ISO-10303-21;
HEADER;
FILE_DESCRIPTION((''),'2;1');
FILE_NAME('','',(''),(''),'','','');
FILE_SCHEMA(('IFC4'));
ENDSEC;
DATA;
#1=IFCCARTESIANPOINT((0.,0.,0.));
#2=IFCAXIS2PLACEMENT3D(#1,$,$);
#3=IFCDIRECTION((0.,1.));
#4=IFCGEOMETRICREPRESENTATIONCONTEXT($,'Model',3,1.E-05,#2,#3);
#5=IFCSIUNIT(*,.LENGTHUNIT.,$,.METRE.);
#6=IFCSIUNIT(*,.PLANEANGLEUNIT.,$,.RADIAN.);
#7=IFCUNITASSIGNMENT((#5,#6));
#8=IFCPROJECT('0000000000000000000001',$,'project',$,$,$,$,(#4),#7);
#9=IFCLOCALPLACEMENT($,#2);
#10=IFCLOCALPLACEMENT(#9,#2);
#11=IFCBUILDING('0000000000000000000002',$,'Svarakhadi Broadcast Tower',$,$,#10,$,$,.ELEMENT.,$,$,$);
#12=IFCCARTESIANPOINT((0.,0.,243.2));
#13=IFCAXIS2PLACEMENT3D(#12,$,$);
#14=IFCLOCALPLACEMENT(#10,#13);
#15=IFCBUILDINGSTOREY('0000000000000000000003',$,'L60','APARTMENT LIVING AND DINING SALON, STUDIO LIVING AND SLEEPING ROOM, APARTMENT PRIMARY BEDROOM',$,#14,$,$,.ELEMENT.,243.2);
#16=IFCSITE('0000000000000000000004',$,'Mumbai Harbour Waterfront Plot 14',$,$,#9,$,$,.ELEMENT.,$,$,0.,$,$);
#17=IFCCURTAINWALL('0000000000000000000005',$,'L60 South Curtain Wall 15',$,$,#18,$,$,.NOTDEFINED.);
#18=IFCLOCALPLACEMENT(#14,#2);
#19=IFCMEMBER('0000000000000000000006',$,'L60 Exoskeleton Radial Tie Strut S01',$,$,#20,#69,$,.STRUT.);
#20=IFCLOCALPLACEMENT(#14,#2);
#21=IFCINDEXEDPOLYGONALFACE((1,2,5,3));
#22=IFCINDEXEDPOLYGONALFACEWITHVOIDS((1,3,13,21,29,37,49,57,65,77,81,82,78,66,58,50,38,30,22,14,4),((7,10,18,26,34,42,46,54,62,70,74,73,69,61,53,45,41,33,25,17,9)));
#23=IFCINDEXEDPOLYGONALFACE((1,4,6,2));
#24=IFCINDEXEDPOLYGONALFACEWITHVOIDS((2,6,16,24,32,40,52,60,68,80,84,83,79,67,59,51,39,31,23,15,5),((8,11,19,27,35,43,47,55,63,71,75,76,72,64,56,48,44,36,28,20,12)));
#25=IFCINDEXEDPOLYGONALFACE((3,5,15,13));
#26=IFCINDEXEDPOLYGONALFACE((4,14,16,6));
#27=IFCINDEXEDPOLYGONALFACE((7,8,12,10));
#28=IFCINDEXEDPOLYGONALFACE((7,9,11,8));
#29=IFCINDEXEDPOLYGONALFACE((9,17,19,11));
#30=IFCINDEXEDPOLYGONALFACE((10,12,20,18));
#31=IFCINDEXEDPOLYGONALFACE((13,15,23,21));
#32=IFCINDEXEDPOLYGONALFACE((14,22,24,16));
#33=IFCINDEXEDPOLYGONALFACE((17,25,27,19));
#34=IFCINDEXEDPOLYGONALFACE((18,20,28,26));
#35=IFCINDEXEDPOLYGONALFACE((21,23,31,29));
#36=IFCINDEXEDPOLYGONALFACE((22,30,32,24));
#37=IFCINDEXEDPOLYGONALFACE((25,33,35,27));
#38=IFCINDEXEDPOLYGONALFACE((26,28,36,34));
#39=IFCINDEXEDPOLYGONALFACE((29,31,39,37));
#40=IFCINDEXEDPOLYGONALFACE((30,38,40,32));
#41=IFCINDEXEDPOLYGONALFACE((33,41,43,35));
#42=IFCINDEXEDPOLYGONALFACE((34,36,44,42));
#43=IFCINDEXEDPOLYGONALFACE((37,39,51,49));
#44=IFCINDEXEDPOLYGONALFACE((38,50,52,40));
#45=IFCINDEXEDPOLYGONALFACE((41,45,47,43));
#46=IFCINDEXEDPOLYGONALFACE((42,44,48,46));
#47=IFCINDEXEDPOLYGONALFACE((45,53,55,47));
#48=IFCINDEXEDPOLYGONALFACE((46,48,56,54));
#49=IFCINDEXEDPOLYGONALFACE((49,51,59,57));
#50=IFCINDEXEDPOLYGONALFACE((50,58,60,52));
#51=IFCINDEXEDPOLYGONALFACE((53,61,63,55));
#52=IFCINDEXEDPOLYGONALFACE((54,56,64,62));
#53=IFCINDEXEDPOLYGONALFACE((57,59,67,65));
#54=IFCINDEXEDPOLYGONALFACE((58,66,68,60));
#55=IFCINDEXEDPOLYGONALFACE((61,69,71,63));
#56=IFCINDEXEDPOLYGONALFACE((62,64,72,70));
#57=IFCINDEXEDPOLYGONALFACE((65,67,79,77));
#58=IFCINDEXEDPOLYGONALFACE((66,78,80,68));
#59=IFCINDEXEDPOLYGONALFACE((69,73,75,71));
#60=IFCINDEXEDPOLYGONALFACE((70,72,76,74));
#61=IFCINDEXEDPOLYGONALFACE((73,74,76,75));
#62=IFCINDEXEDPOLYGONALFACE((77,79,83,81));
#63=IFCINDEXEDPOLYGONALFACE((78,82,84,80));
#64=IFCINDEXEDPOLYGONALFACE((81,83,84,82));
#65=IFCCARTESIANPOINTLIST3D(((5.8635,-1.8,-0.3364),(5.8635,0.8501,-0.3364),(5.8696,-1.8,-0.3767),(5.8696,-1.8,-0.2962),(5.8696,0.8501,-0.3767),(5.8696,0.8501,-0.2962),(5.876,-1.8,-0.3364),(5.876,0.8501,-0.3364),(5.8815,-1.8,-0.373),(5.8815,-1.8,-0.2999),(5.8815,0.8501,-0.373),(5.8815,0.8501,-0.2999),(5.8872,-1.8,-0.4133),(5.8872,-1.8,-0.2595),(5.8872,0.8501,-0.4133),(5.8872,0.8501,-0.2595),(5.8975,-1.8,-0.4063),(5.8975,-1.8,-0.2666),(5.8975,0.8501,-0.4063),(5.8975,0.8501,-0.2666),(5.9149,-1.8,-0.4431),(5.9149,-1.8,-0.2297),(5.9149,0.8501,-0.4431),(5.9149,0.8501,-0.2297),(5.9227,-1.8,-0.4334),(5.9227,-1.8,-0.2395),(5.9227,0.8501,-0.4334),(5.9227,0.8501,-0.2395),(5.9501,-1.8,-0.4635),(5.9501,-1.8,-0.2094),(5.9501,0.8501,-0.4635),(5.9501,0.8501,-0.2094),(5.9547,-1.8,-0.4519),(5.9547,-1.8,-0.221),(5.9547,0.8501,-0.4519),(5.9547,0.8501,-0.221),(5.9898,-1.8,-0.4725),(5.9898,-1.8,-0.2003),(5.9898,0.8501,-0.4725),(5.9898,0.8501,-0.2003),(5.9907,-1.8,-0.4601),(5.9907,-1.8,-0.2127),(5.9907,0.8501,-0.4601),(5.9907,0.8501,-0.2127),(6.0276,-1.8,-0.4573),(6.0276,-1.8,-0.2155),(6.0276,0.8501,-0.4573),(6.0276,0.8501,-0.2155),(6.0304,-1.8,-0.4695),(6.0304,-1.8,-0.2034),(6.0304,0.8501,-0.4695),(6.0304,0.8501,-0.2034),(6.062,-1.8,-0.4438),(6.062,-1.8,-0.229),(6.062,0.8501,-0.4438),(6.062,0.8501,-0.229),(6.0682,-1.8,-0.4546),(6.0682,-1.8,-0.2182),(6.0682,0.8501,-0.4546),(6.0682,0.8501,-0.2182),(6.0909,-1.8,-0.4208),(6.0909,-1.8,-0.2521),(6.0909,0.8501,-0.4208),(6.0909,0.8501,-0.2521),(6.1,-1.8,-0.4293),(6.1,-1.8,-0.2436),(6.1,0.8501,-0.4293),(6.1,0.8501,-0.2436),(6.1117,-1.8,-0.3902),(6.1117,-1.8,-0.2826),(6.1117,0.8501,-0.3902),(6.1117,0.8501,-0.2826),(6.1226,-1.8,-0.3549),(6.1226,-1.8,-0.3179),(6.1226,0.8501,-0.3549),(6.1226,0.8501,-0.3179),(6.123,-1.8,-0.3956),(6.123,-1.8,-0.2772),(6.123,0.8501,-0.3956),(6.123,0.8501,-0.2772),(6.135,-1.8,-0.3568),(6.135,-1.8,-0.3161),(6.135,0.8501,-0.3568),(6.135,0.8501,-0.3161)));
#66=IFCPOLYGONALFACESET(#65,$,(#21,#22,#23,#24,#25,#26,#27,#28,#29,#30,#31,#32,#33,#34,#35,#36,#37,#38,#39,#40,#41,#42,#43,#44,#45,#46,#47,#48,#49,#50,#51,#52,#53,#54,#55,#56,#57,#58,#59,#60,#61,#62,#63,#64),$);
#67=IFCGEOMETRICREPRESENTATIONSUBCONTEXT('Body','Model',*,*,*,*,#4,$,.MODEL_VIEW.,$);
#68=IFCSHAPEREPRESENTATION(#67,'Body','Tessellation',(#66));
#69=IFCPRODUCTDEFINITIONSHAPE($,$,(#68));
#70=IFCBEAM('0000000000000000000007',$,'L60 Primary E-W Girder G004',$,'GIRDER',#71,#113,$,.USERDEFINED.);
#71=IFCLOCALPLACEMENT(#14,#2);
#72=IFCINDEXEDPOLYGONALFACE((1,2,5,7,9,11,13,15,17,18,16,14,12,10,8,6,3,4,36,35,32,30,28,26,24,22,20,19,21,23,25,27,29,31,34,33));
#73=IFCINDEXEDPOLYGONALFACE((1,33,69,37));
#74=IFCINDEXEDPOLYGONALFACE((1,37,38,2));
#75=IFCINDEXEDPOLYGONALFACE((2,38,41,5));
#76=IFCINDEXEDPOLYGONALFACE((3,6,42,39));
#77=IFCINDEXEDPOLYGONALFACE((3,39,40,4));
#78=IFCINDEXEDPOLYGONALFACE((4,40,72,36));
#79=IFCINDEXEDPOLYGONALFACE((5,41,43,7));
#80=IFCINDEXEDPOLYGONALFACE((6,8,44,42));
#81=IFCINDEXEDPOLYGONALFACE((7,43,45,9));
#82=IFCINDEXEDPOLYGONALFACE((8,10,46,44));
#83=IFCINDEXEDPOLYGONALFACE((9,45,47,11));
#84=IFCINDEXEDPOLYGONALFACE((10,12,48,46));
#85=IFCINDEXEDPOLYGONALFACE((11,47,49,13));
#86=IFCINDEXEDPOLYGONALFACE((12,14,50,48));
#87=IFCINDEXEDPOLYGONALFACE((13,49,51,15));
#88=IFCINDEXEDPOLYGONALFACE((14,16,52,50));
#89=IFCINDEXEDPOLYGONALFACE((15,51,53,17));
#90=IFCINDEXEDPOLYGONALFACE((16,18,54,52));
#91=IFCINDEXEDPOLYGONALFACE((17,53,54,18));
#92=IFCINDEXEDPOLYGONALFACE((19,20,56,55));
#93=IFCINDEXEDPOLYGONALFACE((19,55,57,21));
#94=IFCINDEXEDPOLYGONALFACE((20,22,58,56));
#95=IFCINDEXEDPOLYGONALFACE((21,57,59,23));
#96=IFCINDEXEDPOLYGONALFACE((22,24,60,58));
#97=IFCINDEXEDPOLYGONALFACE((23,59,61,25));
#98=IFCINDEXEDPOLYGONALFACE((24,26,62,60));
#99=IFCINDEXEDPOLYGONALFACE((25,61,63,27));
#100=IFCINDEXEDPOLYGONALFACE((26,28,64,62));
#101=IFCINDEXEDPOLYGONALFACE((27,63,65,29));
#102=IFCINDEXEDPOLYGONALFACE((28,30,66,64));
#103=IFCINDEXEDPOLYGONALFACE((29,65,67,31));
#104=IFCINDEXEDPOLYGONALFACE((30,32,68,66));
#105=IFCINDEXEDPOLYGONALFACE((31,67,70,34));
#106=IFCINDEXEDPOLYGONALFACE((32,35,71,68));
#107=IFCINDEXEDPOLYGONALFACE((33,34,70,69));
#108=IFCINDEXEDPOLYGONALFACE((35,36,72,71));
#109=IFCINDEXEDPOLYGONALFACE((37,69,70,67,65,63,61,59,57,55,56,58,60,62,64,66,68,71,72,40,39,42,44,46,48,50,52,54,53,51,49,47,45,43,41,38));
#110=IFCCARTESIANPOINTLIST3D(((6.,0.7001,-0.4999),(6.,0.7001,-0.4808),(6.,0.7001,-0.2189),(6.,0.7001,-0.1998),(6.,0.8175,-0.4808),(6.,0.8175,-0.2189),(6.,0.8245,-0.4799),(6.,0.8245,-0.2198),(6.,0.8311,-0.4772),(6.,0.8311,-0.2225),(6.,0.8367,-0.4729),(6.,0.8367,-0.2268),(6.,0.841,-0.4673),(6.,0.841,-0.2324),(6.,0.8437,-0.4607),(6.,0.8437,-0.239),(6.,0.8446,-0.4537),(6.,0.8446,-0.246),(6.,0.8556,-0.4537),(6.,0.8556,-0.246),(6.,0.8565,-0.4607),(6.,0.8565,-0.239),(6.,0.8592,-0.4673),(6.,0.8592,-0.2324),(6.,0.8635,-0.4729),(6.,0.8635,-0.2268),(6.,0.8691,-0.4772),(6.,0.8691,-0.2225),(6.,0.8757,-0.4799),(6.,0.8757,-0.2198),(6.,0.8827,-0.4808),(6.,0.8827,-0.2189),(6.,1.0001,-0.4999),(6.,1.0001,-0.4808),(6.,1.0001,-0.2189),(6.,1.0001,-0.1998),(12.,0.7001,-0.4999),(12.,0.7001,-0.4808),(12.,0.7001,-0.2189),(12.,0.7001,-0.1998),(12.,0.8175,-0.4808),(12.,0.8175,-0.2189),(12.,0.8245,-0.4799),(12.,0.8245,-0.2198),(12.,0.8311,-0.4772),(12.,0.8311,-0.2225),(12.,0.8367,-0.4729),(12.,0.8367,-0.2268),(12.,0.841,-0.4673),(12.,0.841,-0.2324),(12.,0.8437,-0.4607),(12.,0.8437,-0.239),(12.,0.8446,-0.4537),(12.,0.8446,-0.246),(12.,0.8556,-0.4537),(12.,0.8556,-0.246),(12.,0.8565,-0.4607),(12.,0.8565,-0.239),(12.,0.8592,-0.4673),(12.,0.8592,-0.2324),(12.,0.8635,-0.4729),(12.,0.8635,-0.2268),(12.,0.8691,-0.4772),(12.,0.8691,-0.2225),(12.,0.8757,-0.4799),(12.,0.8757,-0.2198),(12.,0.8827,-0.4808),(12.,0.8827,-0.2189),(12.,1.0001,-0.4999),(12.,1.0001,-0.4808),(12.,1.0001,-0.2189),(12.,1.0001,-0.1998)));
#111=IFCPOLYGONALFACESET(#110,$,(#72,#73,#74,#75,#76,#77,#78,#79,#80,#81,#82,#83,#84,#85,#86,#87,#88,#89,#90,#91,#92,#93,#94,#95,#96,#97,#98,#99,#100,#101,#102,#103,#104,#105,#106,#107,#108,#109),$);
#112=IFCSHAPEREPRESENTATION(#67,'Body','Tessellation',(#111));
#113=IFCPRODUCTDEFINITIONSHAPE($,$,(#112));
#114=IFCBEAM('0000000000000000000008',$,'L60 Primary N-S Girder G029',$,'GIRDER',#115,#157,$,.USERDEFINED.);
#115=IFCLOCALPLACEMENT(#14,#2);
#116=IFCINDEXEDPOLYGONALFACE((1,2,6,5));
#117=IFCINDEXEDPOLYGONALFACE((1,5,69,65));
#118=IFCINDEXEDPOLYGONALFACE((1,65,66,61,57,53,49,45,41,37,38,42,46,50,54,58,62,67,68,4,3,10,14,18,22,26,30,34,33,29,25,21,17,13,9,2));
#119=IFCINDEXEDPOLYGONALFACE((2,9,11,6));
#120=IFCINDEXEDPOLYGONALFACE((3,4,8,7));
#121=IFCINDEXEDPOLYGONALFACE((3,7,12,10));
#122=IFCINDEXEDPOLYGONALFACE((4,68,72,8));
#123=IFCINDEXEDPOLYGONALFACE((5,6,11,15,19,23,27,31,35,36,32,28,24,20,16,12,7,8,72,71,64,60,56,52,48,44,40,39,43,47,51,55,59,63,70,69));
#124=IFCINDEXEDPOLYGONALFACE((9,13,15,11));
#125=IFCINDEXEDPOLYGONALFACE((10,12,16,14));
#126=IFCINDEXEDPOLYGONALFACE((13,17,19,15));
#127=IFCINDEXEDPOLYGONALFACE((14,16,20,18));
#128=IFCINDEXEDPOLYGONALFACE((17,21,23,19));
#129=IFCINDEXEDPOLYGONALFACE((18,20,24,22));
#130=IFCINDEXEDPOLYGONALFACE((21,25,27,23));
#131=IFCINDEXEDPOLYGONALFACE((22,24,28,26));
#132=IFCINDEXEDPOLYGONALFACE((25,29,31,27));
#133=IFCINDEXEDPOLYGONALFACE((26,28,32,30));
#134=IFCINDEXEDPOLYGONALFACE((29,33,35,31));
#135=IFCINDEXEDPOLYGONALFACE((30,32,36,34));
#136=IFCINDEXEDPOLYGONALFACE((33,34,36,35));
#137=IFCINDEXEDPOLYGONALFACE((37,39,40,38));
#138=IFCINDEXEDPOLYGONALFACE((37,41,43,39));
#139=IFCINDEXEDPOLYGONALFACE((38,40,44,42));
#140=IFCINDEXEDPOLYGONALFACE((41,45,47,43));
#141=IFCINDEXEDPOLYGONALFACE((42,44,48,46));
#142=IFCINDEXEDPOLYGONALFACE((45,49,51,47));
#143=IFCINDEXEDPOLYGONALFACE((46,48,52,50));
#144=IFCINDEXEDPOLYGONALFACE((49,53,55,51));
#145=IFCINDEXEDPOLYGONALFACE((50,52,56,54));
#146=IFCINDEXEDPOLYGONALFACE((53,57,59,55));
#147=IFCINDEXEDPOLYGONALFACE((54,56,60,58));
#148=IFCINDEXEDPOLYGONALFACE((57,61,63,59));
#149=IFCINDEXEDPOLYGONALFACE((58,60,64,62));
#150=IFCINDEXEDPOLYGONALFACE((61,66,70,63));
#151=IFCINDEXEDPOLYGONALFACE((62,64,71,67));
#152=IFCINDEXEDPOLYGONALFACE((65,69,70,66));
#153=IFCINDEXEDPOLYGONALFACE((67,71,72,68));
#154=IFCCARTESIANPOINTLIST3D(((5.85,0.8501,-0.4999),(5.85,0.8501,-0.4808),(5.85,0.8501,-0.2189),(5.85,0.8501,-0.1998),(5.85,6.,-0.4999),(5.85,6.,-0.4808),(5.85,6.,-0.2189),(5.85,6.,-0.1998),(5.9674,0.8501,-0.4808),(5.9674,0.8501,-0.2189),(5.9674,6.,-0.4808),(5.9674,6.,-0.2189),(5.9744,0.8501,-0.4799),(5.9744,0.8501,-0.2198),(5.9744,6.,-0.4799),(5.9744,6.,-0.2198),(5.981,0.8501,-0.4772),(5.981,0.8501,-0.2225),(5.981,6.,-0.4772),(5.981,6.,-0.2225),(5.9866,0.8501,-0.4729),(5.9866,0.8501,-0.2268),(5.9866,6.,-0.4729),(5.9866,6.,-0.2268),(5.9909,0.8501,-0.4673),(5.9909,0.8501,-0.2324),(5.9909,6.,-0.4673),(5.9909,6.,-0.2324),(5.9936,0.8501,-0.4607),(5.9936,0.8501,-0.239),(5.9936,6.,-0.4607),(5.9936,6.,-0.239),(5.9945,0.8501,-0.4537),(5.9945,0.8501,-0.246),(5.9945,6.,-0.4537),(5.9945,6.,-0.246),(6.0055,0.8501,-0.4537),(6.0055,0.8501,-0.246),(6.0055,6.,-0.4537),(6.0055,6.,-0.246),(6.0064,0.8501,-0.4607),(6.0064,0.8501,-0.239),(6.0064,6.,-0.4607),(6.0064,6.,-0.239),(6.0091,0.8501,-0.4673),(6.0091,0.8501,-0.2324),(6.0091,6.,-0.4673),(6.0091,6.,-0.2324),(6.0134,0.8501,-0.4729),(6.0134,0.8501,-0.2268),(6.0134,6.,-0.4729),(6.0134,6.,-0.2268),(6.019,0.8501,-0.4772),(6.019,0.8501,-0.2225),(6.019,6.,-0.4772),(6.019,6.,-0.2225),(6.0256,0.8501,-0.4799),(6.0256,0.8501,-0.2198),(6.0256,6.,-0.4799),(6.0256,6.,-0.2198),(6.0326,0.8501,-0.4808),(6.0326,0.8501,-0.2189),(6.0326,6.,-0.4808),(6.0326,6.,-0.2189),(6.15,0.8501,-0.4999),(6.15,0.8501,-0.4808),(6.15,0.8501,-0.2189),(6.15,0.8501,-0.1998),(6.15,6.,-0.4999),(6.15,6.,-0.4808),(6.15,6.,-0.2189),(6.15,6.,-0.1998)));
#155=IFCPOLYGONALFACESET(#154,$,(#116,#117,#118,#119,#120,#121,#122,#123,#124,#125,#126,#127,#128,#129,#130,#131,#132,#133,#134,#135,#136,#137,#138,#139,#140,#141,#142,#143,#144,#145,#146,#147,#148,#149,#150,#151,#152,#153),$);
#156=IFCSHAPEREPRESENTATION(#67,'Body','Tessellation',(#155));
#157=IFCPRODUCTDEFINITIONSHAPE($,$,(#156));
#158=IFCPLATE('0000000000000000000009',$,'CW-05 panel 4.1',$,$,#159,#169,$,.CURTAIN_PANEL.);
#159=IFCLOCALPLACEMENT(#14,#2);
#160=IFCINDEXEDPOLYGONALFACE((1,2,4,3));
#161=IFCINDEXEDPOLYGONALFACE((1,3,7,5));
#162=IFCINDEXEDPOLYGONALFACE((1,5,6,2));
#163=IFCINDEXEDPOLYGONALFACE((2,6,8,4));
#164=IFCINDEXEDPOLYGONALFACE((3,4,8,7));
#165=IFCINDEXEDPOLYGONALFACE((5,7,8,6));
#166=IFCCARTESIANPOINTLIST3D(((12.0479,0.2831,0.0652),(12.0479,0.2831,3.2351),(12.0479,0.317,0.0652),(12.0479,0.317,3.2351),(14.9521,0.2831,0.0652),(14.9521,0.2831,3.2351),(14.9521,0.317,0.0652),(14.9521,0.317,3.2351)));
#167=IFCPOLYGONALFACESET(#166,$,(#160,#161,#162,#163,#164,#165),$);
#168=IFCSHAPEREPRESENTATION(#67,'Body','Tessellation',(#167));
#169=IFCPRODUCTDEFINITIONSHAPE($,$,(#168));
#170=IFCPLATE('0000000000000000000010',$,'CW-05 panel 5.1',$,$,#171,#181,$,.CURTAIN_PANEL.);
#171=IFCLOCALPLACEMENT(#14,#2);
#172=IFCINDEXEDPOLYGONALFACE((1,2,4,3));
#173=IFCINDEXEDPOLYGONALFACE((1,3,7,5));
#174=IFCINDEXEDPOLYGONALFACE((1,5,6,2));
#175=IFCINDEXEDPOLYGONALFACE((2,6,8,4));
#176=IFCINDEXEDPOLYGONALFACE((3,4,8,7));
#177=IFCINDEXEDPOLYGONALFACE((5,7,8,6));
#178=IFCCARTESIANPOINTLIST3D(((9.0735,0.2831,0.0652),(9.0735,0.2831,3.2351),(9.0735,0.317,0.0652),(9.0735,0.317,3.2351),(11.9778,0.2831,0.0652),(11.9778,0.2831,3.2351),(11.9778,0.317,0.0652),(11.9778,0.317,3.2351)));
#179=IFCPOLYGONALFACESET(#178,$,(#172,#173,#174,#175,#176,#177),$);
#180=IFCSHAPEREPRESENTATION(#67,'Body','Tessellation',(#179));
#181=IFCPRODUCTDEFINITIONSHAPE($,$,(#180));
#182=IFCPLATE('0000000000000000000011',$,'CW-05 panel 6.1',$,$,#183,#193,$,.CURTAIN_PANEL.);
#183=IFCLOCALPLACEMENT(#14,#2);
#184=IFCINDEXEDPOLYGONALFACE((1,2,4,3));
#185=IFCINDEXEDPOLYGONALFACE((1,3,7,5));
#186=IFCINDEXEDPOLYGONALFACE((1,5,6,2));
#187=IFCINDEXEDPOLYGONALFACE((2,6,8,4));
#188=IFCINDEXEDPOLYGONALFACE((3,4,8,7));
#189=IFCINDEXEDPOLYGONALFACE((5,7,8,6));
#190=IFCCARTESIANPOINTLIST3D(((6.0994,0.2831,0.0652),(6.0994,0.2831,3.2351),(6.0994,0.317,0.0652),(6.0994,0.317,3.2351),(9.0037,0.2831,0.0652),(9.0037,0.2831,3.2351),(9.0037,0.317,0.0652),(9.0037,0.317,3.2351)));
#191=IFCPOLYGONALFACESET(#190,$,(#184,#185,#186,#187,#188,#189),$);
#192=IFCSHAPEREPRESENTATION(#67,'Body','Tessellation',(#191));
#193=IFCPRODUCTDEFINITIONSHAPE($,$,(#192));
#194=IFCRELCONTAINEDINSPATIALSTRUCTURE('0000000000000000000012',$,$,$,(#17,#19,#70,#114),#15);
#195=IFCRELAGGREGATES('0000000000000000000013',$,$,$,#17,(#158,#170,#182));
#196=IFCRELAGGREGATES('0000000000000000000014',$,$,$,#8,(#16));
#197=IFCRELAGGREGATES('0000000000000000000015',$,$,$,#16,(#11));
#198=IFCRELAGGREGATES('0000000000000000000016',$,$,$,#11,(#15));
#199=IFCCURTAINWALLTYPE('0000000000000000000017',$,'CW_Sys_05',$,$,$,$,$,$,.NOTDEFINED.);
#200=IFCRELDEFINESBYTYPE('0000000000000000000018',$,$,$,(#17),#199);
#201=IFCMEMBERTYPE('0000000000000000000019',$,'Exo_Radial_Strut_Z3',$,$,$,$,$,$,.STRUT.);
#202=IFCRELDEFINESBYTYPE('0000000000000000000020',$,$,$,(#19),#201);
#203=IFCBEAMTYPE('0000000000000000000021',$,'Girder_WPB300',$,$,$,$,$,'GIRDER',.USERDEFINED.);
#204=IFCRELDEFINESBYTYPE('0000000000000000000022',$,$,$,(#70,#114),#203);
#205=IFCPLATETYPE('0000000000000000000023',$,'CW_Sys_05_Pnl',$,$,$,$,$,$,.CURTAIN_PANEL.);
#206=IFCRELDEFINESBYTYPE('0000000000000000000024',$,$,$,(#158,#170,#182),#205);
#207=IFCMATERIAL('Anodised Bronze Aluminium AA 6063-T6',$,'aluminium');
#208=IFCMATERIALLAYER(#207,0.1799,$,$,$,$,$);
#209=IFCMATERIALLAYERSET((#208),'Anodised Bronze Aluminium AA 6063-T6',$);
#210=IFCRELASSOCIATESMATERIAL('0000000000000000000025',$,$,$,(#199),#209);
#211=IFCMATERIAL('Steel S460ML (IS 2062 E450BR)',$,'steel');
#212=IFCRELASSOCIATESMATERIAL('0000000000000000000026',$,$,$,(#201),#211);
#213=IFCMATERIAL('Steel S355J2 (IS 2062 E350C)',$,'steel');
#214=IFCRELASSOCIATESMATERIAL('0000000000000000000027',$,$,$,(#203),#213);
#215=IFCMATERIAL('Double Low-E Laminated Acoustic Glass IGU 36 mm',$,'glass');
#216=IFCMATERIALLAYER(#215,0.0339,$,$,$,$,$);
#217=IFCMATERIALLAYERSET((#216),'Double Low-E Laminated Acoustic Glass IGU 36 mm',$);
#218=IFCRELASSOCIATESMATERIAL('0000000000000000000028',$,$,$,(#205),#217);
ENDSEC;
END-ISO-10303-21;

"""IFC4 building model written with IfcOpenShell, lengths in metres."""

from ifc_helpers import new_model, si_unit, direction, frame, origin, origin_2d, place, context, subcontext, project, spatial, rectangle, hollow_circle, i_section, extrude, material, layer, layer_set, material_profile, profile_set, type_object, element, aggregate, save


model = new_model("IFC4")

# Units and contexts
model_context = context("Model", 3, precision=1e-05, world=origin(), true_north=direction((0.0, 1.0)))
body_context = subcontext(model_context, "Body", "Model", "MODEL_VIEW")
ifc_project = project(units=[si_unit("LENGTHUNIT", "METRE"), si_unit("PLANEANGLEUNIT", "RADIAN")], contexts=[model_context])

# Site, building, storey
site_placement = place(None, origin())
site = spatial("IfcSite", under=ifc_project, at=site_placement, Name="Mumbai Harbour Waterfront Plot 14", CompositionType="ELEMENT", RefElevation=0.0)
building_placement = place(site_placement, origin())
building = spatial("IfcBuilding", under=site, at=building_placement, Name="Svarakhadi Broadcast Tower", CompositionType="ELEMENT")
storey_placement = place(building_placement, frame((0.0, 0.0, 243.2)))
storey = spatial("IfcBuildingStorey", under=building, at=storey_placement, Name="L60", Description="APARTMENT LIVING AND DINING SALON, STUDIO LIVING AND SLEEPING ROOM, APARTMENT PRIMARY BEDROOM", CompositionType="ELEMENT", Elevation=243.2)

# Shared definitions
ifc_material_1 = material(Name="Steel S460ML (IS 2062 E450BR)", Category="steel")

# Curtain wall
ifc_material_2 = material(Name="Anodised Bronze Aluminium AA 6063-T6", Category="aluminium")
ifc_layer_1 = layer(ifc_material_2, 0.1799)
ifc_layer_set_1 = layer_set([ifc_layer_1], Name="Anodised Bronze Aluminium AA 6063-T6")
curtain_wall_type = type_object("IfcCurtainWallType", Name="CW_Sys_05", PredefinedType="NOTDEFINED", material=ifc_layer_set_1)
curtain_wall_placement = place(storey_placement, origin())
curtain_wall = element("IfcCurtainWall", 1, at=curtain_wall_placement, inside=storey, type_object=curtain_wall_type, Name="L60 South Curtain Wall 15", PredefinedType="NOTDEFINED")

# Member
ifc_material_profile_1 = material_profile(ifc_material_1, hollow_circle(Radius=0.1365, WallThickness=0.0125, at=origin_2d()), Name="CHS 273x12.5")
ifc_profile_set_1 = profile_set([ifc_material_profile_1], Name="Steel S460ML (IS 2062 E450BR)")
member_type_1 = type_object("IfcMemberType", Name="Exo_Radial_Strut_Z3", PredefinedType="STRUT", material=ifc_profile_set_1)
member_1_placement = place(storey_placement, frame((6.0, -1.8, -0.3364), z_axis=(0.0, 1.0, 0.0), x_axis=(-1.0, 0.0, 0.0)))
element("IfcMember", 2, at=member_1_placement, inside=storey, type_object=member_type_1, Name="L60 Exoskeleton Radial Tie Strut S01", PredefinedType="STRUT", context=body_context, shape_type="SweptSolid", body=[
    extrude(hollow_circle(Radius=0.1365, WallThickness=0.0125, at=origin_2d()), origin(), (0.0, 0.0, 1.0), 2.6501),
])

# Beams
ifc_material_3 = material(Name="Steel S355J2 (IS 2062 E350C)", Category="steel")
ifc_material_profile_2 = material_profile(ifc_material_3, i_section(OverallWidth=0.3, OverallDepth=0.3, WebThickness=0.011, FlangeThickness=0.019, FilletRadius=0.0271, at=origin_2d()), Name="WPB 300x300x117")
ifc_profile_set_2 = profile_set([ifc_material_profile_2], Name="Steel S355J2 (IS 2062 E350C)")
beam_type = type_object("IfcBeamType", Name="Girder_WPB300", ElementType="GIRDER", PredefinedType="USERDEFINED", material=ifc_profile_set_2)
beam_1_placement = place(storey_placement, frame((6.0, 0.8501, -0.3499), z_axis=(1.0, 0.0, 0.0), x_axis=(0.0, 1.0, 0.0)))
element("IfcBeam", 3, at=beam_1_placement, inside=storey, type_object=beam_type, Name="L60 Primary E-W Girder G004", ObjectType="GIRDER", PredefinedType="USERDEFINED", context=body_context, shape_type="SweptSolid", body=[
    extrude(i_section(OverallWidth=0.3, OverallDepth=0.3, WebThickness=0.011, FlangeThickness=0.019, FilletRadius=0.0271, at=origin_2d()), origin(), (0.0, 0.0, 1.0), 6.0),
])
beam_2_placement = place(storey_placement, frame((6.0, 0.8501, -0.3499), z_axis=(0.0, 1.0, 0.0), x_axis=(-1.0, 0.0, 0.0)))
element("IfcBeam", 4, at=beam_2_placement, inside=storey, type_object=beam_type, Name="L60 Primary N-S Girder G029", ObjectType="GIRDER", PredefinedType="USERDEFINED", context=body_context, shape_type="SweptSolid", body=[
    extrude(i_section(OverallWidth=0.3, OverallDepth=0.3, WebThickness=0.011, FlangeThickness=0.019, FilletRadius=0.0271, at=origin_2d()), origin(), (0.0, 0.0, 1.0), 5.1499),
])

# Plates
ifc_material_4 = material(Name="Double Low-E Laminated Acoustic Glass IGU 36 mm", Category="glass")
ifc_layer_2 = layer(ifc_material_4, 0.0339)
ifc_layer_set_2 = layer_set([ifc_layer_2], Name="Double Low-E Laminated Acoustic Glass IGU 36 mm")
plate_type_1 = type_object("IfcPlateType", Name="CW_Sys_05_Pnl", PredefinedType="CURTAIN_PANEL", material=ifc_layer_set_2)
plate_1_placement = place(storey_placement, frame((13.5, 0.3, 0.0652), z_axis=(0.0, 0.0, 1.0), x_axis=(-1.0, 0.0, 0.0)))
plate_1 = element("IfcPlate", 5, at=plate_1_placement, type_object=plate_type_1, Name="CW-05 panel 4.1", PredefinedType="CURTAIN_PANEL", context=body_context, shape_type="SweptSolid", body=[
    extrude(rectangle(XDim=2.9043, YDim=0.0339, at=origin_2d()), origin(), (0.0, 0.0, 1.0), 3.1699),
])
plate_2_placement = place(storey_placement, frame((10.5256, 0.3, 0.0652), z_axis=(0.0, 0.0, 1.0), x_axis=(-1.0, 0.0, 0.0)))
plate_2 = element("IfcPlate", 6, at=plate_2_placement, type_object=plate_type_1, Name="CW-05 panel 5.1", PredefinedType="CURTAIN_PANEL", context=body_context, shape_type="SweptSolid", body=[
    extrude(rectangle(XDim=2.9043, YDim=0.0339, at=origin_2d()), origin(), (0.0, 0.0, 1.0), 3.1699),
])
plate_3_placement = place(storey_placement, frame((7.5515, 0.3, 0.0652), z_axis=(0.0, 0.0, 1.0), x_axis=(-1.0, 0.0, 0.0)))
plate_3 = element("IfcPlate", 7, at=plate_3_placement, type_object=plate_type_1, Name="CW-05 panel 6.1", PredefinedType="CURTAIN_PANEL", context=body_context, shape_type="SweptSolid", body=[
    extrude(rectangle(XDim=2.9043, YDim=0.0339, at=origin_2d()), origin(), (0.0, 0.0, 1.0), 3.1699),
])
aggregate(curtain_wall, [plate_1, plate_2, plate_3])

save(model, "model.ifc")
